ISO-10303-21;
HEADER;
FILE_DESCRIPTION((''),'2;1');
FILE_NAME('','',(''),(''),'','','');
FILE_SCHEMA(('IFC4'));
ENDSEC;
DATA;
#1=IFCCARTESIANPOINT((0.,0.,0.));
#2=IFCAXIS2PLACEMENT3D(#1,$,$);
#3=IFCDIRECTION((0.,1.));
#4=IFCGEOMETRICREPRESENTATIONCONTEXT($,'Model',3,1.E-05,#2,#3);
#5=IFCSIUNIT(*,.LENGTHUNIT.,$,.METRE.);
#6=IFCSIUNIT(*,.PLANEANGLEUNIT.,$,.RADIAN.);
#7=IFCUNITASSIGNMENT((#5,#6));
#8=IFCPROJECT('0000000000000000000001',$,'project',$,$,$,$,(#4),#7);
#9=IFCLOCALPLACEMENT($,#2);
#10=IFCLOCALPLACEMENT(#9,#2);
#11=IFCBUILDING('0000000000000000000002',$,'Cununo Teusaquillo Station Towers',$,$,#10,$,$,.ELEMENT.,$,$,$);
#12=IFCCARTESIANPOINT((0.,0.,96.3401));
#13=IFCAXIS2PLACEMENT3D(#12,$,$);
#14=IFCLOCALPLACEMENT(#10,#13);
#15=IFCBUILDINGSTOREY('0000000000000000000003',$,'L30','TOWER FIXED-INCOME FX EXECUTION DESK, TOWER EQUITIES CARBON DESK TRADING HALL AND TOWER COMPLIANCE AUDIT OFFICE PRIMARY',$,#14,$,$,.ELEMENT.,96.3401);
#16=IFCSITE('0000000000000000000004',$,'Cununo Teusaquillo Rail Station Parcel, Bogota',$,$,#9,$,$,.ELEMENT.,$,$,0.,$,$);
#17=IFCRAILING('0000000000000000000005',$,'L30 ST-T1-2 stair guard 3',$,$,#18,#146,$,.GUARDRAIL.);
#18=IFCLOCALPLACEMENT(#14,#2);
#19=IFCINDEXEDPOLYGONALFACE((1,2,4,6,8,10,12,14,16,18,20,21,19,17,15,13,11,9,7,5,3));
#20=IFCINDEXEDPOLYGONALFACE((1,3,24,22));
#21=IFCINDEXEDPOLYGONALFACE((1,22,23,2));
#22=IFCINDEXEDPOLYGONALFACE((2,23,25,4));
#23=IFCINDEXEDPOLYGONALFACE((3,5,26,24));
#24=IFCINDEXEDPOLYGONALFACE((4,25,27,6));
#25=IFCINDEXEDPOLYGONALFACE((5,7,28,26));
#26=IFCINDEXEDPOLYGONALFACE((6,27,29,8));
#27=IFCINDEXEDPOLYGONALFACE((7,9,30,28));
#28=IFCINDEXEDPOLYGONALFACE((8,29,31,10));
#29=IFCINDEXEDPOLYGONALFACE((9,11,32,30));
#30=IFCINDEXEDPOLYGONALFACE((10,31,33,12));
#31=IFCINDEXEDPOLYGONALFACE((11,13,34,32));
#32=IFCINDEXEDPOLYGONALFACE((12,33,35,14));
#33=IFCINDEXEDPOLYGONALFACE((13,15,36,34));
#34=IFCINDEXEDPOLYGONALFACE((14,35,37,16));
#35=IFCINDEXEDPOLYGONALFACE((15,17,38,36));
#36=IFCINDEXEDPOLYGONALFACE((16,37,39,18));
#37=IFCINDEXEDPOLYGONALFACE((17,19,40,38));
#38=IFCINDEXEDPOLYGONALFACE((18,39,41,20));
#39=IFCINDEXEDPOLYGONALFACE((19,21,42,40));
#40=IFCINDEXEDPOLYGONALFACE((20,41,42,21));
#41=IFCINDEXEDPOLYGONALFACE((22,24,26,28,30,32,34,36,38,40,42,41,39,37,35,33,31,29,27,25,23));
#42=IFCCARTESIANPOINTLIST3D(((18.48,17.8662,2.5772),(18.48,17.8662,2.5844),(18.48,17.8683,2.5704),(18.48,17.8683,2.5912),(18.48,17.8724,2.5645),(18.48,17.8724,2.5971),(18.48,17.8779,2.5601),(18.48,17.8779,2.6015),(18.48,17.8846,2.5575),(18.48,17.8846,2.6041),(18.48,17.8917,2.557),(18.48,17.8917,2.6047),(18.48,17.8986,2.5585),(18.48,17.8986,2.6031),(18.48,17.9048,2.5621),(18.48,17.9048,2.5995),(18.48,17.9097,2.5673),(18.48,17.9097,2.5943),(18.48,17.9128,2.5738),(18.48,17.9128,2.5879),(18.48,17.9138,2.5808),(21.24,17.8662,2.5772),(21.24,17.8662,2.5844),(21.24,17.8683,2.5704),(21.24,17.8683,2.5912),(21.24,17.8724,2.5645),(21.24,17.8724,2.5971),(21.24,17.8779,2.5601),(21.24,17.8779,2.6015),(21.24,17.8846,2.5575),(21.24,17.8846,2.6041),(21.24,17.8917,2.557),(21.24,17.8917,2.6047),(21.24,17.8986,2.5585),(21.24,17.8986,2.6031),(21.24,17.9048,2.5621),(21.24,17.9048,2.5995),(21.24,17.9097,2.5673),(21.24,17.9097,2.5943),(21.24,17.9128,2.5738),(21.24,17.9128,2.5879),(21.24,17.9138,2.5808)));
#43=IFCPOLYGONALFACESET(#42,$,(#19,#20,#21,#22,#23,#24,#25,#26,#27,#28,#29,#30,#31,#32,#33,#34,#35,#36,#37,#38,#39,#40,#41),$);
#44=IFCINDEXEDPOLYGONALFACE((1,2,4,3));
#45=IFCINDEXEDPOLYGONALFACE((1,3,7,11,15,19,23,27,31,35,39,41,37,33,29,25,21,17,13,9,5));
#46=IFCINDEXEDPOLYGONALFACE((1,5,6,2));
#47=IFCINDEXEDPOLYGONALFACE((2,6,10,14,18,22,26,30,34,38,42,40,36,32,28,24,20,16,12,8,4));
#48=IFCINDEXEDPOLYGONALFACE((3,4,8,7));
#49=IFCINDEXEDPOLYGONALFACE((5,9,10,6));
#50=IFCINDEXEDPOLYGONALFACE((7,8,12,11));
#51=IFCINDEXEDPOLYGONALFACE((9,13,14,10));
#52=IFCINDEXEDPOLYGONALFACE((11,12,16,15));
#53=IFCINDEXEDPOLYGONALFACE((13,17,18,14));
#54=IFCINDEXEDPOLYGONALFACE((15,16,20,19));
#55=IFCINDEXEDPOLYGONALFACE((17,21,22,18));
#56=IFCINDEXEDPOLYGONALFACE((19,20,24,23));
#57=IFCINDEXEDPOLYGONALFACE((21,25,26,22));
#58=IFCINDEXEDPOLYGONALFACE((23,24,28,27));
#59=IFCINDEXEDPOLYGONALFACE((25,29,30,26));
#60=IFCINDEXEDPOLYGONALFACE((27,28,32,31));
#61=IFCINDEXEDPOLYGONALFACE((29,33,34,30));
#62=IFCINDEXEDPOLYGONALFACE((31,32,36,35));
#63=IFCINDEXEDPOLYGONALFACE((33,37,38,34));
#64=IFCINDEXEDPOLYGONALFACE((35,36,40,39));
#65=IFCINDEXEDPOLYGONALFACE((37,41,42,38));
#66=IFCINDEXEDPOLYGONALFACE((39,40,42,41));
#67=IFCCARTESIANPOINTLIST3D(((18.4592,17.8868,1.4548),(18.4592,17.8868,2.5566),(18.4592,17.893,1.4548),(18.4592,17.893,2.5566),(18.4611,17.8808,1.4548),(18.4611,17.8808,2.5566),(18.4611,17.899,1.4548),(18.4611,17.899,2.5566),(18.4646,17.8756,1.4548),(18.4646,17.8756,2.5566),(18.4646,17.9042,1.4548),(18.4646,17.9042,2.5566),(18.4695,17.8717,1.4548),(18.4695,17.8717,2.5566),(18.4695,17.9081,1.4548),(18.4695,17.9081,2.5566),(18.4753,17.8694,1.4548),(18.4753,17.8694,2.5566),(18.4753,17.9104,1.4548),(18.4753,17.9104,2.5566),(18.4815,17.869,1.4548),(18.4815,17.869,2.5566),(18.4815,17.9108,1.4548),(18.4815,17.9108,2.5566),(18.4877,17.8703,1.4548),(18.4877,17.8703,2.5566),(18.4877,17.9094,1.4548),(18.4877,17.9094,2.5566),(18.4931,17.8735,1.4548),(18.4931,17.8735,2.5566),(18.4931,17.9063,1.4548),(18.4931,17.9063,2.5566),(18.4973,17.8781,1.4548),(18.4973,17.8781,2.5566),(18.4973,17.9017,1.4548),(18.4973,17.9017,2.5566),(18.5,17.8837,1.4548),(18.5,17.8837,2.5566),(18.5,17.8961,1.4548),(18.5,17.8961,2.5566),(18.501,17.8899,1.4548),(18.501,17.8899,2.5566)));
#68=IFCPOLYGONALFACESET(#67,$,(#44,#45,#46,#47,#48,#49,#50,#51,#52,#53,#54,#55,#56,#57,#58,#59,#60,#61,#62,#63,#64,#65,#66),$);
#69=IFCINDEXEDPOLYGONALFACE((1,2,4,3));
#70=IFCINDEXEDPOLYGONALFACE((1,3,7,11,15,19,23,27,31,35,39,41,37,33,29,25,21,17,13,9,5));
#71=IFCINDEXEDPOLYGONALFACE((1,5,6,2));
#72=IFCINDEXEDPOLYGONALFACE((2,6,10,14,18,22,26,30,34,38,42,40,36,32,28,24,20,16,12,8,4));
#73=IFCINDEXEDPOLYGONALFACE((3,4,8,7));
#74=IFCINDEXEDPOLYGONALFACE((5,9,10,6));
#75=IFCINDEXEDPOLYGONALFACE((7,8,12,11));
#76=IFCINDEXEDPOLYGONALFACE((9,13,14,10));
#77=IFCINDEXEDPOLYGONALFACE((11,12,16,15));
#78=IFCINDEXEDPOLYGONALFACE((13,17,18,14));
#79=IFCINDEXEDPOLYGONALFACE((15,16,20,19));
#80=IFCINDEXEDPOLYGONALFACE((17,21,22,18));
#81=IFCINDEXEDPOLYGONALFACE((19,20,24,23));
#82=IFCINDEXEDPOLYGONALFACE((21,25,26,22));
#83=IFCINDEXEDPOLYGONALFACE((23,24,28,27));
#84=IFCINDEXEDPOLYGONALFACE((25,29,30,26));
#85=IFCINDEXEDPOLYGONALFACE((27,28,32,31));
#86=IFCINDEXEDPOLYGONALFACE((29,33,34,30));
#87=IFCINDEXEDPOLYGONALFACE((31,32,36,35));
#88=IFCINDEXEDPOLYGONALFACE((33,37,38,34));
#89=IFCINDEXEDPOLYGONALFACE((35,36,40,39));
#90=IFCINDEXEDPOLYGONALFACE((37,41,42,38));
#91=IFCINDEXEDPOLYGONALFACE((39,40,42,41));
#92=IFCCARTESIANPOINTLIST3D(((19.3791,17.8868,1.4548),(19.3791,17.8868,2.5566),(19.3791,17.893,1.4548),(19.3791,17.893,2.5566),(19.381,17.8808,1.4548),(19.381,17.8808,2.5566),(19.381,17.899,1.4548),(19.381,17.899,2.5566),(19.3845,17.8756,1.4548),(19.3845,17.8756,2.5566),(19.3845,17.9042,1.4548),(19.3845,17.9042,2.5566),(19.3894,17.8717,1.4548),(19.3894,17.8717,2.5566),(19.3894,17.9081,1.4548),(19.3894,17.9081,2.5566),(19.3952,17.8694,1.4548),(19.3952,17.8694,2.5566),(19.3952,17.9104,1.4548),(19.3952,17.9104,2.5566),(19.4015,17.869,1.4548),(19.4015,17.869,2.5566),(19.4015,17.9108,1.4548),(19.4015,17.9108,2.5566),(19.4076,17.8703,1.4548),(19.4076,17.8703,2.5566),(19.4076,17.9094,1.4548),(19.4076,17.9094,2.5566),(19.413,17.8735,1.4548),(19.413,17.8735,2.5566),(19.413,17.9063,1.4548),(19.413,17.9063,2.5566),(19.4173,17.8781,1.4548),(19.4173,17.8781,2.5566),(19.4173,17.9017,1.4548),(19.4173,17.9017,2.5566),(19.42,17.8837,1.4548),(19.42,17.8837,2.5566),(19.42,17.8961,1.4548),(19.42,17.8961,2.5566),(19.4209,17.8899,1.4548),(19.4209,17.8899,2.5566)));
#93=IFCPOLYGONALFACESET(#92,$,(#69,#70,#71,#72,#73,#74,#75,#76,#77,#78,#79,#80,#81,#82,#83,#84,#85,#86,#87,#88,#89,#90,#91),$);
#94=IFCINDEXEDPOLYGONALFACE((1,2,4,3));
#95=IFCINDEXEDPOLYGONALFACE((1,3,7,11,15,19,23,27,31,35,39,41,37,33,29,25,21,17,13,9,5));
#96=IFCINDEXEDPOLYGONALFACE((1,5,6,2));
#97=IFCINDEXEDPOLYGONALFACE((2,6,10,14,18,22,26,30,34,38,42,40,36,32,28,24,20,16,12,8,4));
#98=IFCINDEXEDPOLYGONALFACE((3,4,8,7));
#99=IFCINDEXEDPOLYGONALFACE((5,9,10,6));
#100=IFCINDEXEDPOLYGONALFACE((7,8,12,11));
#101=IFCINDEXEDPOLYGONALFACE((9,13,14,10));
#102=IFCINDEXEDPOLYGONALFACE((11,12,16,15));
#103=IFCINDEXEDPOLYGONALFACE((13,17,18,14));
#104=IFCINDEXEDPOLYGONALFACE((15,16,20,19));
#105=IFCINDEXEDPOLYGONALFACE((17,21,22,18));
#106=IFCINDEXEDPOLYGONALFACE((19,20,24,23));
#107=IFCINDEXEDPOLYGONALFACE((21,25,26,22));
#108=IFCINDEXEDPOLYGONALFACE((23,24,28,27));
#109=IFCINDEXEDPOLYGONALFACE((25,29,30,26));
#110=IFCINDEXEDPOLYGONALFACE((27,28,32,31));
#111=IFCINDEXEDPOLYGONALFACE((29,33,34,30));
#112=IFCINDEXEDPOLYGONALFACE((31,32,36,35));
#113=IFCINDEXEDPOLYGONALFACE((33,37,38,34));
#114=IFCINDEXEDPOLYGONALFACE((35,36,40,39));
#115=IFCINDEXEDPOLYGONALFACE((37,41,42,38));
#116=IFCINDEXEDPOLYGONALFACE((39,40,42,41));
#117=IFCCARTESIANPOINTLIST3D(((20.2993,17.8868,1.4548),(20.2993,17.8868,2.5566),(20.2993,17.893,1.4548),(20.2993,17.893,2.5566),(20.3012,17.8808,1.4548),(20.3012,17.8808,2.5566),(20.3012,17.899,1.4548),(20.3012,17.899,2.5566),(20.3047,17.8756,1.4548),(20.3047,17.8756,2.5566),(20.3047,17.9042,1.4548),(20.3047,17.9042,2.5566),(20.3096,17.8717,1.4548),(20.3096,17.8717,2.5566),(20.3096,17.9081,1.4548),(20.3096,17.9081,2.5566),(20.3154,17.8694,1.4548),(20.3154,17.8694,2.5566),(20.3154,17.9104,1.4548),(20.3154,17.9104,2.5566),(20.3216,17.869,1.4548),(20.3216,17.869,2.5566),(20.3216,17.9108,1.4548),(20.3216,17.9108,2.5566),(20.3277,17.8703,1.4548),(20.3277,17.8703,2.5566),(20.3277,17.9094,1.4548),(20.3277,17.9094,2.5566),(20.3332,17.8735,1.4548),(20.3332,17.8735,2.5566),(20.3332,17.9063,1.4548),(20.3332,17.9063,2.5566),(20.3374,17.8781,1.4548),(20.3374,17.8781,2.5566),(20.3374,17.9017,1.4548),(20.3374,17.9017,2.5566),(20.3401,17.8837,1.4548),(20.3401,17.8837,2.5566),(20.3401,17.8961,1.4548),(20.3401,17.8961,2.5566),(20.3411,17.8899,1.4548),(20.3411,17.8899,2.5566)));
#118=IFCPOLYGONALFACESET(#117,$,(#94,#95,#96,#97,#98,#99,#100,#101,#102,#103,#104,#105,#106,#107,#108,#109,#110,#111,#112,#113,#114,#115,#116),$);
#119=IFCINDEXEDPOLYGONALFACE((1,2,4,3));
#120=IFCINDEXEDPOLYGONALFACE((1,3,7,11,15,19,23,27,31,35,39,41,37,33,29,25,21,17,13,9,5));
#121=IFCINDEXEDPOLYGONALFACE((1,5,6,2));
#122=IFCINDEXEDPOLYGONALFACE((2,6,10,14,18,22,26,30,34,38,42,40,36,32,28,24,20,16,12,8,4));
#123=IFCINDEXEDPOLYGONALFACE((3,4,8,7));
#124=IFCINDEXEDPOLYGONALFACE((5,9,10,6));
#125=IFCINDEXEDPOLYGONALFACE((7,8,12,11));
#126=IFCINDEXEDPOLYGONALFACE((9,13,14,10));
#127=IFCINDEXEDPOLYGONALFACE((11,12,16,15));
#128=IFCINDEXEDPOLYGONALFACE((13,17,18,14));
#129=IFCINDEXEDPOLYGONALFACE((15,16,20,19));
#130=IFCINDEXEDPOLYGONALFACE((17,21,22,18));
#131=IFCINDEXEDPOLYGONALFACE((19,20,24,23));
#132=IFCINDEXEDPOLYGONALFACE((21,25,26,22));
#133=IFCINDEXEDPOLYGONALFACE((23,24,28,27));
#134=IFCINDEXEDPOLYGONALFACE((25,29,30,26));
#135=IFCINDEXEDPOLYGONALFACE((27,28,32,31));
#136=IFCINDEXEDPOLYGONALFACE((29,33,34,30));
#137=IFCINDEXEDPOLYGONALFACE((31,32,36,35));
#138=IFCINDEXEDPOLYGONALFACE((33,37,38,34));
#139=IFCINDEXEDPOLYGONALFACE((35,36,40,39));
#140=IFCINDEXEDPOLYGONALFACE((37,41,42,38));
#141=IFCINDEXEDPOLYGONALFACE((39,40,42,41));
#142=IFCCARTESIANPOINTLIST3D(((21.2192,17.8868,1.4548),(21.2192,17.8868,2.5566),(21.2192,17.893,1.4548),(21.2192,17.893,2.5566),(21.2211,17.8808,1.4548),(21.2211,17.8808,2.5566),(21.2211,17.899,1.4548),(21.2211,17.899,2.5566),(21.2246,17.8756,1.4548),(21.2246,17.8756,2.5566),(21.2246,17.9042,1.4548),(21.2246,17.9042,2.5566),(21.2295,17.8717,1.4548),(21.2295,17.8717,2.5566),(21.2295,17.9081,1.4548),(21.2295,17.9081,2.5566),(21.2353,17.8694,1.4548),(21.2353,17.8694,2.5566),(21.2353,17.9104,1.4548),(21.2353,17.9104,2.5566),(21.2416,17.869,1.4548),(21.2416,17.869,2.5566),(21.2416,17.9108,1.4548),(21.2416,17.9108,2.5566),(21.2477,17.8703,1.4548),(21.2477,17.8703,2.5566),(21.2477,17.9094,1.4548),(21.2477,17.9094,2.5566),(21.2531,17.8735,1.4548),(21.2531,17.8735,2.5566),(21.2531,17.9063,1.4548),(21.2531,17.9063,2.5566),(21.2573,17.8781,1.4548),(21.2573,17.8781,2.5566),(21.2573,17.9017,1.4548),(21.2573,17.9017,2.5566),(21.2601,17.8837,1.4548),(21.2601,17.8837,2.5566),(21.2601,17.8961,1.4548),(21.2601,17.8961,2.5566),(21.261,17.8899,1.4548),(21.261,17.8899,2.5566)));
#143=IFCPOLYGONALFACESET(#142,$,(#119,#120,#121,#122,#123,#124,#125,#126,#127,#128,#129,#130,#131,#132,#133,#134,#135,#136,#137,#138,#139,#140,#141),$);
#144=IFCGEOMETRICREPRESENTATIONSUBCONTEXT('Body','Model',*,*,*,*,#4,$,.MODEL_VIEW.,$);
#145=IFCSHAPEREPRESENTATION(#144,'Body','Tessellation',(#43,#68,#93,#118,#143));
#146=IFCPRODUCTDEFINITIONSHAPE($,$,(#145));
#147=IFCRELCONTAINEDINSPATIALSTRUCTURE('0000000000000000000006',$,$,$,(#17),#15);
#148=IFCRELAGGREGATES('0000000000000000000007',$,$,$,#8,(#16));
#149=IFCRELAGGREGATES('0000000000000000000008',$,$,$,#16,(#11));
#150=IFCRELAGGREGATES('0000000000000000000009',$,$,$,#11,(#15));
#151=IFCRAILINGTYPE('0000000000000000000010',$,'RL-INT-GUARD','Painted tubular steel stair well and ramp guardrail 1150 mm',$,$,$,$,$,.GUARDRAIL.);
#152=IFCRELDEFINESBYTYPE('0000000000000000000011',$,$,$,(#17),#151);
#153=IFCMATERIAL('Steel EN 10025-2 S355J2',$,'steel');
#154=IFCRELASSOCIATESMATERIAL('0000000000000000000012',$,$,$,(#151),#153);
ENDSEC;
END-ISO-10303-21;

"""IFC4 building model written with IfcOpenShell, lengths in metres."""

from ifc_helpers import new_model, si_unit, direction, frame, origin, origin_2d, place, context, subcontext, project, spatial, circle, extrude, material, type_object, element, save


model = new_model("IFC4")

# Units and contexts
model_context = context("Model", 3, precision=1e-05, world=origin(), true_north=direction((0.0, 1.0)))
body_context = subcontext(model_context, "Body", "Model", "MODEL_VIEW")
ifc_project = project(units=[si_unit("LENGTHUNIT", "METRE"), si_unit("PLANEANGLEUNIT", "RADIAN")], contexts=[model_context])

# Site, building, storey
site_placement = place(None, origin())
site = spatial("IfcSite", under=ifc_project, at=site_placement, Name="Cununo Teusaquillo Rail Station Parcel, Bogota", CompositionType="ELEMENT", RefElevation=0.0)
building_placement = place(site_placement, origin())
building = spatial("IfcBuilding", under=site, at=building_placement, Name="Cununo Teusaquillo Station Towers", CompositionType="ELEMENT")
storey_placement = place(building_placement, frame((0.0, 0.0, 96.3401)))
storey = spatial("IfcBuildingStorey", under=building, at=storey_placement, Name="L30", Description="TOWER FIXED-INCOME FX EXECUTION DESK, TOWER EQUITIES CARBON DESK TRADING HALL AND TOWER COMPLIANCE AUDIT OFFICE PRIMARY", CompositionType="ELEMENT", Elevation=96.3401)

# Railing
ifc_material_1 = material(Name="Steel EN 10025-2 S355J2", Category="steel")
railing_type_1 = type_object("IfcRailingType", Name="RL-INT-GUARD", Description="Painted tubular steel stair well and ramp guardrail 1150 mm", PredefinedType="GUARDRAIL", material=ifc_material_1)
railing_1_placement = place(storey_placement, frame((18.48, 17.8899, 1.4548)))
element("IfcRailing", 1, at=railing_1_placement, inside=storey, type_object=railing_type_1, Name="L30 ST-T1-2 stair guard 3", PredefinedType="GUARDRAIL", context=body_context, shape_type="SweptSolid", body=[
    extrude(circle(Radius=0.0239, at=origin_2d()), frame((0.0, 0.0, 1.126), z_axis=(1.0, 0.0, 0.0), x_axis=(0.0, 1.0, 0.0)), (0.0, 0.0, 1.0), 2.76),
    extrude(circle(Radius=0.021, at=origin_2d()), origin(), (0.0, 0.0, 1.0), 1.1018),
    extrude(circle(Radius=0.021, at=origin_2d()), frame((0.9199, 0.0, 0.0)), (0.0, 0.0, 1.0), 1.1018),
    extrude(circle(Radius=0.021, at=origin_2d()), frame((1.8401, 0.0, 0.0)), (0.0, 0.0, 1.0), 1.1018),
    extrude(circle(Radius=0.021, at=origin_2d()), frame((2.76, 0.0, 0.0)), (0.0, 0.0, 1.0), 1.1018),
])

save(model, "model.ifc")
